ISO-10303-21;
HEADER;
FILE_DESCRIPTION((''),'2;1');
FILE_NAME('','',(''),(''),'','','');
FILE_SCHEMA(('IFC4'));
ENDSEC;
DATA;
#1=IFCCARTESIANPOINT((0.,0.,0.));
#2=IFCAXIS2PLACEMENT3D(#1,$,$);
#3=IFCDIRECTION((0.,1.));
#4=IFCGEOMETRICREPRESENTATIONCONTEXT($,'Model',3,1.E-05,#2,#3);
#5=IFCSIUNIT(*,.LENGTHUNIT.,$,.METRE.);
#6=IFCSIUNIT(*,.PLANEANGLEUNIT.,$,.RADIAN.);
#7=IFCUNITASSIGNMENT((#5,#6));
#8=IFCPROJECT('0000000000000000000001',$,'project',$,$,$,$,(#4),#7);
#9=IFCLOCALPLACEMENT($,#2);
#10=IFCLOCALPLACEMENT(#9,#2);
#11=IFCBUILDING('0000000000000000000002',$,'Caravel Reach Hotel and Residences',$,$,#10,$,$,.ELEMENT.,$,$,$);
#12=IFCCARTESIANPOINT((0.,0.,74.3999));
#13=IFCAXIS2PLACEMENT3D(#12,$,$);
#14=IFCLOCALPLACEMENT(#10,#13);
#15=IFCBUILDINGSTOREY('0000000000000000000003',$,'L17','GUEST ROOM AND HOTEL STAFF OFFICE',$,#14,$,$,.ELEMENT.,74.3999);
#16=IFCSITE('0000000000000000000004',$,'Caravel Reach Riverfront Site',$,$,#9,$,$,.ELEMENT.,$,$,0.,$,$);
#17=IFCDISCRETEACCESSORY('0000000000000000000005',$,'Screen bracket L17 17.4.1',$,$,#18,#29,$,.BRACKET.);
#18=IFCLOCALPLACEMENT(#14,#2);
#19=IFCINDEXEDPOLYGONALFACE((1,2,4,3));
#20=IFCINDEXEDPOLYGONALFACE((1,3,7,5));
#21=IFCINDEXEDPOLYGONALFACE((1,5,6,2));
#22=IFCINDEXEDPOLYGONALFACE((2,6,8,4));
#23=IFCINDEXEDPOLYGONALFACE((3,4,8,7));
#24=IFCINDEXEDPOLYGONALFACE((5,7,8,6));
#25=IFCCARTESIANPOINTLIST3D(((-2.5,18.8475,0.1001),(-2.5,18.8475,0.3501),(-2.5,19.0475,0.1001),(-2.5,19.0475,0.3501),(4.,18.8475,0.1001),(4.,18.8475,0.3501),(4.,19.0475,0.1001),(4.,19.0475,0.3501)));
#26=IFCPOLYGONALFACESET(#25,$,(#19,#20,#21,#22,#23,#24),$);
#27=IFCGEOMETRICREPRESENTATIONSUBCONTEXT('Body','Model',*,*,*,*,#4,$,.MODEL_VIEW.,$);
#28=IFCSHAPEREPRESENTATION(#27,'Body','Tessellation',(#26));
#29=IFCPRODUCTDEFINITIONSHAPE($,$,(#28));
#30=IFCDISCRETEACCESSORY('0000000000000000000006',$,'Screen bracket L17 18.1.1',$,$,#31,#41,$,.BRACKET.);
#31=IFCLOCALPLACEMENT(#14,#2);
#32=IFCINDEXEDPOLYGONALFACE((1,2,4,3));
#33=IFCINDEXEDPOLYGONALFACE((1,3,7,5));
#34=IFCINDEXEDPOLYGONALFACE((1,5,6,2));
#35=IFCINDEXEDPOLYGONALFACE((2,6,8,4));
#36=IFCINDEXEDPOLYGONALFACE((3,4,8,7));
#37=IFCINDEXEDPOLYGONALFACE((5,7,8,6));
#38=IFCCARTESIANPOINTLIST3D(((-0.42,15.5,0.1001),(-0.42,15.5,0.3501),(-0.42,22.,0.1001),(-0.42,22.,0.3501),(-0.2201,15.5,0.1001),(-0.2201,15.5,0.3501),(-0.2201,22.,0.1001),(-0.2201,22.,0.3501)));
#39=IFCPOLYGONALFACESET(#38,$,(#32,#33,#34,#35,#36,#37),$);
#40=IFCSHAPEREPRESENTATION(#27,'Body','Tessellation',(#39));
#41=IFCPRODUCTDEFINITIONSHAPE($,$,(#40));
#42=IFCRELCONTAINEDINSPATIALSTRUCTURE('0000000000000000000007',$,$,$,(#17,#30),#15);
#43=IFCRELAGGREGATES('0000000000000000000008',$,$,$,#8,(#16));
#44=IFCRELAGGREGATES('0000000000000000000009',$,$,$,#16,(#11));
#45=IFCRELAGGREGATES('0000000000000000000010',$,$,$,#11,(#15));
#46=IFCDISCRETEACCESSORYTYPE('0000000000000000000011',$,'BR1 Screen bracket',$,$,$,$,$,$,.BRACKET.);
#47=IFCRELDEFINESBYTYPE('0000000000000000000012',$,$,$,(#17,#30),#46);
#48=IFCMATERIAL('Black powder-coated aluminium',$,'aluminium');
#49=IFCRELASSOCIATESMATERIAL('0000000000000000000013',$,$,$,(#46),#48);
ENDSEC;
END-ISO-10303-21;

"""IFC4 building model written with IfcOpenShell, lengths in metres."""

from ifc_helpers import new_model, si_unit, direction, frame, origin, origin_2d, place, context, subcontext, project, spatial, rectangle, extrude, material, type_object, element, save


model = new_model("IFC4")

# Units and contexts
model_context = context("Model", 3, precision=1e-05, world=origin(), true_north=direction((0.0, 1.0)))
body_context = subcontext(model_context, "Body", "Model", "MODEL_VIEW")
ifc_project = project(units=[si_unit("LENGTHUNIT", "METRE"), si_unit("PLANEANGLEUNIT", "RADIAN")], contexts=[model_context])

# Site, building, storey
site_placement = place(None, origin())
site = spatial("IfcSite", under=ifc_project, at=site_placement, Name="Caravel Reach Riverfront Site", CompositionType="ELEMENT", RefElevation=0.0)
building_placement = place(site_placement, origin())
building = spatial("IfcBuilding", under=site, at=building_placement, Name="Caravel Reach Hotel and Residences", CompositionType="ELEMENT")
storey_placement = place(building_placement, frame((0.0, 0.0, 74.3999)))
storey = spatial("IfcBuildingStorey", under=building, at=storey_placement, Name="L17", Description="GUEST ROOM AND HOTEL STAFF OFFICE", CompositionType="ELEMENT", Elevation=74.3999)

# Discrete accessories
ifc_material_1 = material(Name="Black powder-coated aluminium", Category="aluminium")
discrete_accessory_type = type_object("IfcDiscreteAccessoryType", Name="BR1 Screen bracket", PredefinedType="BRACKET", material=ifc_material_1)
for number, where, z_axis, x_axis, name in (
    (1, (0.75, 18.9475, 0.1001), (0.0, 0.0, 1.0), (-1.0, 0.0, 0.0), "Screen bracket L17 17.4.1"),
    (2, (-0.3201, 18.75, 0.1001), (0.0, 0.0, 1.0), (0.0, -1.0, 0.0), "Screen bracket L17 18.1.1"),
):
    element("IfcDiscreteAccessory", number, at=place(storey_placement, frame(where, z_axis=z_axis, x_axis=x_axis)), inside=storey, type_object=discrete_accessory_type, Name=name, PredefinedType="BRACKET", context=body_context, shape_type="SweptSolid", body=[
        extrude(rectangle(XDim=6.5, YDim=0.2, at=origin_2d()), origin(), (0.0, 0.0, 1.0), 0.25),
    ])

save(model, "model.ifc")
